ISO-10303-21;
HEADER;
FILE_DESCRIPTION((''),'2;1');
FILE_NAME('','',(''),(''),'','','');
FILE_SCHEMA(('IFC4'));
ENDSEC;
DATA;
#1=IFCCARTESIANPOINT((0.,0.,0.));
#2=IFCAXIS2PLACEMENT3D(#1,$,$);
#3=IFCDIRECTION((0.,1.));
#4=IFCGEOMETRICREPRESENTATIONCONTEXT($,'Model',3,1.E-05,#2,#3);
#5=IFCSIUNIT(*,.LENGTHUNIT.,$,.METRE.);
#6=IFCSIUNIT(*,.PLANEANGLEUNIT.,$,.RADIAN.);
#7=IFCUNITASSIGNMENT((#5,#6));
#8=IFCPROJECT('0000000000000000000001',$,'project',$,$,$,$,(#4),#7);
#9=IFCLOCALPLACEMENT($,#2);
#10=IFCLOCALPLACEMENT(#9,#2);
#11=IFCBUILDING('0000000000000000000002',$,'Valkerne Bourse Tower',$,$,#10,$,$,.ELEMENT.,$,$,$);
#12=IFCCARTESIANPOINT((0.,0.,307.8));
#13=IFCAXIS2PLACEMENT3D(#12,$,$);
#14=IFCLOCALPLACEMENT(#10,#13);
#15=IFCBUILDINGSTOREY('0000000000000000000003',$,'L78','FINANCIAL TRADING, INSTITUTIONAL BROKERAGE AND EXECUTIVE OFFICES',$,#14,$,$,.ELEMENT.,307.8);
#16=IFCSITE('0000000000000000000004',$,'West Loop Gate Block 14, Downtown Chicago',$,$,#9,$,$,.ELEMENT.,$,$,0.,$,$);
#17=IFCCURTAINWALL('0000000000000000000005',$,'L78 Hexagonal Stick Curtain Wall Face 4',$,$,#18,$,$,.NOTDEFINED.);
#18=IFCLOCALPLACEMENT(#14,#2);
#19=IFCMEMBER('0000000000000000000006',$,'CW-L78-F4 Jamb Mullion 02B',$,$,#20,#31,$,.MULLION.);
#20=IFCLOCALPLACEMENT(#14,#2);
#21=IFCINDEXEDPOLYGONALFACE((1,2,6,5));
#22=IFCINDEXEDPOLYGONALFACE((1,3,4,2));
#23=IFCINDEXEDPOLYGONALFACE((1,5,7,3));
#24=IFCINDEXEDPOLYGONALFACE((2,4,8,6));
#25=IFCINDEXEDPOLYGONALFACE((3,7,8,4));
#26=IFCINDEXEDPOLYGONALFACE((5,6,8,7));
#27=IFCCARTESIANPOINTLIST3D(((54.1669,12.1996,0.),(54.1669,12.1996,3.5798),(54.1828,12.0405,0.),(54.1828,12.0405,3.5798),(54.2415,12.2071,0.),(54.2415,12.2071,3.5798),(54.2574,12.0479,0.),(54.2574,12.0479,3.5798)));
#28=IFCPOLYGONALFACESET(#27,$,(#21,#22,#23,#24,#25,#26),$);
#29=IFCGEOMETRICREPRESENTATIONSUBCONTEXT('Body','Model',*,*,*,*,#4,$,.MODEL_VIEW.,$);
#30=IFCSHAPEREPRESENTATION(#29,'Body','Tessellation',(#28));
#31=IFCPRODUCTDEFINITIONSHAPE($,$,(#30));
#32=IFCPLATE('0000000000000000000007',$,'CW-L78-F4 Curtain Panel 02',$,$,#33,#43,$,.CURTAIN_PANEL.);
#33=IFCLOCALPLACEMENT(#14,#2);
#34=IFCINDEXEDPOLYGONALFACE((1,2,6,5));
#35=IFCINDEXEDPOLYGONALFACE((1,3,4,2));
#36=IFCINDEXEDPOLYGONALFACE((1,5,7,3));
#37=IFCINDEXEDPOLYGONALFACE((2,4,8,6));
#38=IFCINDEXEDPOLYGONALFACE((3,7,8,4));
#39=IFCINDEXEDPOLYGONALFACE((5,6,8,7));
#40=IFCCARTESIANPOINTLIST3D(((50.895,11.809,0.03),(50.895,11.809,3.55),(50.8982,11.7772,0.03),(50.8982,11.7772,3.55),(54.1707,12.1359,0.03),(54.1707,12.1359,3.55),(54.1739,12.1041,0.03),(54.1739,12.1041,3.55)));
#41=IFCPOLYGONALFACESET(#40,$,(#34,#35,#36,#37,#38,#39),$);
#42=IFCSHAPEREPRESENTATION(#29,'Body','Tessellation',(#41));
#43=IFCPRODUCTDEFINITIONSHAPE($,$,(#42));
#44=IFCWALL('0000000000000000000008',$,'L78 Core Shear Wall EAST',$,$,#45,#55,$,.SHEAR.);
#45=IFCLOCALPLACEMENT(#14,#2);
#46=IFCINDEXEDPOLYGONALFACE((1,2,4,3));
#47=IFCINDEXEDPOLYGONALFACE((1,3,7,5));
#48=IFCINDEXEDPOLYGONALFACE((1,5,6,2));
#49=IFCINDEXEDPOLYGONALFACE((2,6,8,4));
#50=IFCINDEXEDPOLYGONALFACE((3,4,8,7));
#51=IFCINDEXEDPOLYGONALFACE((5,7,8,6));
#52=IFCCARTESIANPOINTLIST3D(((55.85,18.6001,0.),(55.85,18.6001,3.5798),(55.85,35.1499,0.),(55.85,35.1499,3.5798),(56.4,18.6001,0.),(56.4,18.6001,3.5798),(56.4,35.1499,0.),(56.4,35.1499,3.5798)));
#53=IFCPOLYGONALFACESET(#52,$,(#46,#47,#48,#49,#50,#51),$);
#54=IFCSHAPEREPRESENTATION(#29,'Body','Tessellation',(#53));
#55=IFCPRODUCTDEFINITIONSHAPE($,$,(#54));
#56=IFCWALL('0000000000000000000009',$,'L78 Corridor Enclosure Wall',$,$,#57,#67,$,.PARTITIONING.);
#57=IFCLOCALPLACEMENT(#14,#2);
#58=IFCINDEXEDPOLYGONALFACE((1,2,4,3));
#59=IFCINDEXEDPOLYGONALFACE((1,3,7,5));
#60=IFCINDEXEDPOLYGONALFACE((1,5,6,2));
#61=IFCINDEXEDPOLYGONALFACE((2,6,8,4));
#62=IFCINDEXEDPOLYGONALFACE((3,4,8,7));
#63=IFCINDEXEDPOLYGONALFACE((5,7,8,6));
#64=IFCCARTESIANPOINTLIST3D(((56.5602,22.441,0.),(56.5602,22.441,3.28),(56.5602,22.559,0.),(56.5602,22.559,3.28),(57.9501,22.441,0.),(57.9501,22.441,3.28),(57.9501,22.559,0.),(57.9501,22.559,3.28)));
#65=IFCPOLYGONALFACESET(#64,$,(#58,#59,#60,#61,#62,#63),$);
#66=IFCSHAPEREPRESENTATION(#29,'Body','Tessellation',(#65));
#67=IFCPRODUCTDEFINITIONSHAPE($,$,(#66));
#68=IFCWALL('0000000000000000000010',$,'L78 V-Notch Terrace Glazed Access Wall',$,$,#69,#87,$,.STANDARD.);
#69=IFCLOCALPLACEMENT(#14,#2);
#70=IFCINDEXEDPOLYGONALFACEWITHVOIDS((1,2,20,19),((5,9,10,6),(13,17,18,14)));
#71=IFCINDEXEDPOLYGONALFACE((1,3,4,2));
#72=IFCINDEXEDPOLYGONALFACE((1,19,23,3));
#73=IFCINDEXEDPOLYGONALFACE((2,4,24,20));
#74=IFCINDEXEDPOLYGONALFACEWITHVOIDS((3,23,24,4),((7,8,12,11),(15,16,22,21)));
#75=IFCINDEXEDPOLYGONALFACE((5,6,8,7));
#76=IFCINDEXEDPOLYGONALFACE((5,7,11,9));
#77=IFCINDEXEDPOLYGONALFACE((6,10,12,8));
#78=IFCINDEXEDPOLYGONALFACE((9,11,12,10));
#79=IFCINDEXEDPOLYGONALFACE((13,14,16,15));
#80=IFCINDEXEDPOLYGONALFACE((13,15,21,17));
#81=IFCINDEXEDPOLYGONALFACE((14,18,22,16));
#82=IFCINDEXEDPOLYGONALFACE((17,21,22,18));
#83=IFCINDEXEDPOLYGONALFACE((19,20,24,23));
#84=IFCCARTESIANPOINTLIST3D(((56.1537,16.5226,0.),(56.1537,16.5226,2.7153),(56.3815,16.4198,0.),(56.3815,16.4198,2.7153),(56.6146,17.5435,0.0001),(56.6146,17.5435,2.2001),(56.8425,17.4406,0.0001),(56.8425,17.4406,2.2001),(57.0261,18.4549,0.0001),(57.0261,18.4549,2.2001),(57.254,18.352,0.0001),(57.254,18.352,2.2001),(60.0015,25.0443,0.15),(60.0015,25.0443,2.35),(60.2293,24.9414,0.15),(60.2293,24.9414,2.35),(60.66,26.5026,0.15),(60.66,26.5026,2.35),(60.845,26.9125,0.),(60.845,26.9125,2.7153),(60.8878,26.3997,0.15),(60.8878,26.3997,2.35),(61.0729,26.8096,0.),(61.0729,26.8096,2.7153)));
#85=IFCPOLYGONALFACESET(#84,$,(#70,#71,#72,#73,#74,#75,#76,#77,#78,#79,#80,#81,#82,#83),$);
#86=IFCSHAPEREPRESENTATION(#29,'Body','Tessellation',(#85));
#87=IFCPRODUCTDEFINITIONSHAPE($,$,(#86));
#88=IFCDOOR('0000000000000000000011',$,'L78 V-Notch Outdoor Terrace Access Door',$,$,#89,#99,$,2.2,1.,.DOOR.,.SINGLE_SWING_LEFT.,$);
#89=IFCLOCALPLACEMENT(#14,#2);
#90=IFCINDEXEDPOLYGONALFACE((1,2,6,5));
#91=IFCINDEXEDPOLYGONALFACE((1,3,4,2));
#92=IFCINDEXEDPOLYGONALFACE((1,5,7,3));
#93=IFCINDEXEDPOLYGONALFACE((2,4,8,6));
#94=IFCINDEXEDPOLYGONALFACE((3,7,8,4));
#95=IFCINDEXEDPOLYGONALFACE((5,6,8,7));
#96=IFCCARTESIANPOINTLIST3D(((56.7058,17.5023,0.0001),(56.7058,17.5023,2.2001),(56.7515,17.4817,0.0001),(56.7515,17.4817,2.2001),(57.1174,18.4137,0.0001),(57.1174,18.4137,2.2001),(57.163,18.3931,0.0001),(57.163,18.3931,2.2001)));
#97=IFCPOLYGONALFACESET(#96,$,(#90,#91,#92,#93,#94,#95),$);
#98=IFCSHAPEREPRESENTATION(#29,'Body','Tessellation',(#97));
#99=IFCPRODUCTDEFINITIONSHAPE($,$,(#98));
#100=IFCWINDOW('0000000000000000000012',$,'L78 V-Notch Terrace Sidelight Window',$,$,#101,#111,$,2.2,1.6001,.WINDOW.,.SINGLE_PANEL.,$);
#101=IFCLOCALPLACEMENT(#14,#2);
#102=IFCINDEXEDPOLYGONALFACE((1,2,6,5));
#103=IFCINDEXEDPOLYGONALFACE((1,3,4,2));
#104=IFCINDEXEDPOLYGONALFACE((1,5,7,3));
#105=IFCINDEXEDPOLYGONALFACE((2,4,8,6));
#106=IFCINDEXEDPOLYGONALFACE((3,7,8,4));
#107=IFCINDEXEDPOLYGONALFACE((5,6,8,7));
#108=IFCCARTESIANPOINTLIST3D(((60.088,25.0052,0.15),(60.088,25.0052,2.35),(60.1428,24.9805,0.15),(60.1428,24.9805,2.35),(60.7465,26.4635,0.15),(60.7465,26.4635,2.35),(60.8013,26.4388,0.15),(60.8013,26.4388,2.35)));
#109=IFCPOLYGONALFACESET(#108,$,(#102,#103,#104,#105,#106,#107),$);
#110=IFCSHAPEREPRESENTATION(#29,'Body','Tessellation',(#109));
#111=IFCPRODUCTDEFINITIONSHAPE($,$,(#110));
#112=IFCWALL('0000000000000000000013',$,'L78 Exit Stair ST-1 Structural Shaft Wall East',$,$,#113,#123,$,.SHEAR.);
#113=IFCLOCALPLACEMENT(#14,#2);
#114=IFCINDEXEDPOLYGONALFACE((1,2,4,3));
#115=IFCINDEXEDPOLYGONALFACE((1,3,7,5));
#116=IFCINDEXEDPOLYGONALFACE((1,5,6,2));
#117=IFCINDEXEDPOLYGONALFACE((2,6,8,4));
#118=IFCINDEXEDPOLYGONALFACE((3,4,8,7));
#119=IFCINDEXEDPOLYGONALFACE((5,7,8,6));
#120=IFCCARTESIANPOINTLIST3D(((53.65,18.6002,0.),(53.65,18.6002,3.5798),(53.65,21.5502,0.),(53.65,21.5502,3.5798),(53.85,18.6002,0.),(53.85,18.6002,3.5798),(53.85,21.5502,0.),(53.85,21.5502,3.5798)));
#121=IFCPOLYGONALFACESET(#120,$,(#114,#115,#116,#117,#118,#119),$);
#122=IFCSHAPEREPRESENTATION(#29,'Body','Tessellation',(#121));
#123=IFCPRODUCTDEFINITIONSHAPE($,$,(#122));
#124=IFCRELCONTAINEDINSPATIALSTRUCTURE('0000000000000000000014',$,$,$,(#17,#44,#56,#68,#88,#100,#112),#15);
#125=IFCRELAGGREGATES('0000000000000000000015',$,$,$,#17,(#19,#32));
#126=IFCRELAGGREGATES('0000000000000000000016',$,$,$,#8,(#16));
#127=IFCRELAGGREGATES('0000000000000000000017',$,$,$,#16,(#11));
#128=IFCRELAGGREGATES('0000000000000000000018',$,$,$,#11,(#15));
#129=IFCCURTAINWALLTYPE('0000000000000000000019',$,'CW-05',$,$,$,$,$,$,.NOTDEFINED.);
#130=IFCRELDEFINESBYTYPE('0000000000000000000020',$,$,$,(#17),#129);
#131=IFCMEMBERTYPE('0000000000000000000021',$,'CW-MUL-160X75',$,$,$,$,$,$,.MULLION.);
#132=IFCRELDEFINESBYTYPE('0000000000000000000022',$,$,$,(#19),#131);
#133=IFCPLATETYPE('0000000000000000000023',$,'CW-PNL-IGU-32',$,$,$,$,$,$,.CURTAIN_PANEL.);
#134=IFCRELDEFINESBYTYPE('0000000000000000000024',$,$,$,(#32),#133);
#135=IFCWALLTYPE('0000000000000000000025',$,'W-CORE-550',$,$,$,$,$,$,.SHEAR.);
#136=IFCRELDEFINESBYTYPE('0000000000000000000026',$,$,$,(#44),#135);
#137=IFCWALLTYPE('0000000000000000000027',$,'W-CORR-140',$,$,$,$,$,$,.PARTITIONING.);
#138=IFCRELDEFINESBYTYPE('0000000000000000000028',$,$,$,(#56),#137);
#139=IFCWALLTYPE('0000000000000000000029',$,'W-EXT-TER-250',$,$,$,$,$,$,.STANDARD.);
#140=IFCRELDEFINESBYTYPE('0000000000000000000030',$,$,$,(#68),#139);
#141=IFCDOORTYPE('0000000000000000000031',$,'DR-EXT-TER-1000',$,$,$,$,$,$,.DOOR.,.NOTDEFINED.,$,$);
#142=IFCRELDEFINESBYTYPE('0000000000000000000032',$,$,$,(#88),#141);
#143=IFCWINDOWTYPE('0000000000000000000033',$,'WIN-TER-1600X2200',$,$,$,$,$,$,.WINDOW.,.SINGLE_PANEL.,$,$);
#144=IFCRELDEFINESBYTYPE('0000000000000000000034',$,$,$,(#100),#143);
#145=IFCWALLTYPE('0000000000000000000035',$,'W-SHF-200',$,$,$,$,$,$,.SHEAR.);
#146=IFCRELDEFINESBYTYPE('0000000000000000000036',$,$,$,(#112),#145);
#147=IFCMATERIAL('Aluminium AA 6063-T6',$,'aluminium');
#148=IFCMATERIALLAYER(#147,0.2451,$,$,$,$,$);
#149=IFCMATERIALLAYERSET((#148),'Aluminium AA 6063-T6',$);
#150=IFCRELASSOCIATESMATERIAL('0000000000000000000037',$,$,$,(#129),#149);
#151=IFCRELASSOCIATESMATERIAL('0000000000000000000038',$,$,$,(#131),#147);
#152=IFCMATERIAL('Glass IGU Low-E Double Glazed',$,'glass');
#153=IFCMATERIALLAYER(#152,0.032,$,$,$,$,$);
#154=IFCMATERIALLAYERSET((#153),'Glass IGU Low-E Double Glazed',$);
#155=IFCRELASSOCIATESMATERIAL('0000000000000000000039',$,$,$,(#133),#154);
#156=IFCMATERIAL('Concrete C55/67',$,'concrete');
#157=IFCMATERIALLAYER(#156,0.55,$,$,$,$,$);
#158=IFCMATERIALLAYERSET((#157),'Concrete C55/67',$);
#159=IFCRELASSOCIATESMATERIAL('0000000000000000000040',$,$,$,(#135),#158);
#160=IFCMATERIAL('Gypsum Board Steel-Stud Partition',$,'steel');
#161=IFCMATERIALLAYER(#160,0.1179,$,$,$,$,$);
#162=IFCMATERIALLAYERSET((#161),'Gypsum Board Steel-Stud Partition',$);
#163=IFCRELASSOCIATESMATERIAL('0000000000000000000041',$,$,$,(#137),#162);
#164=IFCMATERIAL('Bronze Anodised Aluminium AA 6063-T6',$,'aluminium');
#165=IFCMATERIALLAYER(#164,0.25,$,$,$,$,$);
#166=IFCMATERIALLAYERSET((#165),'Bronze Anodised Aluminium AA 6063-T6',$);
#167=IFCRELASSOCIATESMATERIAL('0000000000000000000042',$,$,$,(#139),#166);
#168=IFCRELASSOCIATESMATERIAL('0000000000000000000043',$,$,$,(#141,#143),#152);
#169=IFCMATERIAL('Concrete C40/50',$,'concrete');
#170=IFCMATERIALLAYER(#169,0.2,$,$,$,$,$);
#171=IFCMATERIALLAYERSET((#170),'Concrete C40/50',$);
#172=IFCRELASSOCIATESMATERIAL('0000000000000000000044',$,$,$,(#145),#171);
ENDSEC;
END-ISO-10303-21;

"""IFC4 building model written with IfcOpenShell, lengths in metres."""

from ifc_helpers import new_model, si_unit, direction, frame, frame_2d, origin, origin_2d, place, context, subcontext, project, spatial, rectangle, extrude, material, layer, layer_set, material_profile, profile_set, type_object, element, fill, aggregate, save


model = new_model("IFC4")

# Units and contexts
model_context = context("Model", 3, precision=1e-05, world=origin(), true_north=direction((0.0, 1.0)))
body_context = subcontext(model_context, "Body", "Model", "MODEL_VIEW")
ifc_project = project(units=[si_unit("LENGTHUNIT", "METRE"), si_unit("PLANEANGLEUNIT", "RADIAN")], contexts=[model_context])

# Site, building, storey
site_placement = place(None, origin())
site = spatial("IfcSite", under=ifc_project, at=site_placement, Name="West Loop Gate Block 14, Downtown Chicago", CompositionType="ELEMENT", RefElevation=0.0)
building_placement = place(site_placement, origin())
building = spatial("IfcBuilding", under=site, at=building_placement, Name="Valkerne Bourse Tower", CompositionType="ELEMENT")
storey_placement = place(building_placement, frame((0.0, 0.0, 307.8)))
storey = spatial("IfcBuildingStorey", under=building, at=storey_placement, Name="L78", Description="FINANCIAL TRADING, INSTITUTIONAL BROKERAGE AND EXECUTIVE OFFICES", CompositionType="ELEMENT", Elevation=307.8)

# Curtain wall, member, plate
ifc_material_1 = material(Name="Aluminium AA 6063-T6", Category="aluminium")
ifc_layer_1 = layer(ifc_material_1, 0.2451)
ifc_layer_set_1 = layer_set([ifc_layer_1], Name="Aluminium AA 6063-T6")
curtain_wall_type = type_object("IfcCurtainWallType", Name="CW-05", PredefinedType="NOTDEFINED", material=ifc_layer_set_1)
curtain_wall_placement = place(storey_placement, origin())
curtain_wall = element("IfcCurtainWall", 1, at=curtain_wall_placement, inside=storey, type_object=curtain_wall_type, Name="L78 Hexagonal Stick Curtain Wall Face 4", PredefinedType="NOTDEFINED")
ifc_material_profile_1 = material_profile(ifc_material_1, rectangle(XDim=0.075, YDim=0.1599, at=origin_2d()), Name="CWM-75X160")
ifc_profile_set_1 = profile_set([ifc_material_profile_1], Name="Aluminium AA 6063-T6")
member_type = type_object("IfcMemberType", Name="CW-MUL-160X75", PredefinedType="MULLION", material=ifc_profile_set_1)
member_placement = place(storey_placement, frame((54.2122, 12.1238, 0.0), z_axis=(0.0, 0.0, 1.0), x_axis=(0.995056, 0.099311, 0.0)))
member = element("IfcMember", 2, at=member_placement, type_object=member_type, Name="CW-L78-F4 Jamb Mullion 02B", PredefinedType="MULLION", context=body_context, shape_type="SweptSolid", body=[
    extrude(rectangle(XDim=0.075, YDim=0.1599, at=origin_2d()), origin(), (0.0, 0.0, 1.0), 3.5798),
])
ifc_material_2 = material(Name="Glass IGU Low-E Double Glazed", Category="glass")
ifc_layer_2 = layer(ifc_material_2, 0.032)
ifc_layer_set_2 = layer_set([ifc_layer_2], Name="Glass IGU Low-E Double Glazed")
plate_type = type_object("IfcPlateType", Name="CW-PNL-IGU-32", PredefinedType="CURTAIN_PANEL", material=ifc_layer_set_2)
plate_placement = place(storey_placement, frame((52.5344, 11.9565, 0.03), z_axis=(0.0, 0.0, 1.0), x_axis=(0.995056, 0.099311, 0.0)))
plate = element("IfcPlate", 3, at=plate_placement, type_object=plate_type, Name="CW-L78-F4 Curtain Panel 02", PredefinedType="CURTAIN_PANEL", context=body_context, shape_type="SweptSolid", body=[
    extrude(rectangle(XDim=3.292, YDim=0.032, at=origin_2d()), origin(), (0.0, 0.0, 1.0), 3.52),
])
aggregate(curtain_wall, [member, plate])

# Walls
ifc_material_3 = material(Name="Concrete C55/67", Category="concrete")
ifc_layer_3 = layer(ifc_material_3, 0.55)
ifc_layer_set_3 = layer_set([ifc_layer_3], Name="Concrete C55/67")
wall_type_1 = type_object("IfcWallType", Name="W-CORE-550", PredefinedType="SHEAR", material=ifc_layer_set_3)
wall_1_placement = place(storey_placement, frame((56.125, 18.6001, 0.0), z_axis=(0.0, 0.0, 1.0), x_axis=(0.0, 1.0, 0.0)))
element("IfcWall", 4, at=wall_1_placement, inside=storey, type_object=wall_type_1, Name="L78 Core Shear Wall EAST", PredefinedType="SHEAR", context=body_context, shape_type="SweptSolid", body=[
    extrude(rectangle(XDim=16.5498, YDim=0.55, at=frame_2d((8.2749, 0.0))), origin(), (0.0, 0.0, 1.0), 3.5798),
])
ifc_material_4 = material(Name="Gypsum Board Steel-Stud Partition", Category="steel")
ifc_layer_4 = layer(ifc_material_4, 0.1179)
ifc_layer_set_4 = layer_set([ifc_layer_4], Name="Gypsum Board Steel-Stud Partition")
wall_type_2 = type_object("IfcWallType", Name="W-CORR-140", PredefinedType="PARTITIONING", material=ifc_layer_set_4)
wall_2_placement = place(storey_placement, frame((57.95, 22.5, 0.0), z_axis=(0.0, 0.0, 1.0), x_axis=(-1.0, 0.0, 0.0)))
element("IfcWall", 5, at=wall_2_placement, inside=storey, type_object=wall_type_2, Name="L78 Corridor Enclosure Wall", PredefinedType="PARTITIONING", context=body_context, shape_type="SweptSolid", body=[
    extrude(rectangle(XDim=1.3899, YDim=0.1179, at=frame_2d((0.6948, 0.0))), origin(), (0.0, 0.0, 1.0), 3.28),
])

# Wall, openings, door, window
ifc_material_5 = material(Name="Bronze Anodised Aluminium AA 6063-T6", Category="aluminium")
ifc_layer_5 = layer(ifc_material_5, 0.25)
ifc_layer_set_5 = layer_set([ifc_layer_5], Name="Bronze Anodised Aluminium AA 6063-T6")
wall_type_3 = type_object("IfcWallType", Name="W-EXT-TER-250", PredefinedType="STANDARD", material=ifc_layer_set_5)
wall_3_placement = place(storey_placement, frame((56.2676, 16.4712, 0.0), z_axis=(0.0, 0.0, 1.0), x_axis=(0.411528, 0.911397, 0.0)))
wall_3 = element("IfcWall", 6, at=wall_3_placement, inside=storey, type_object=wall_type_3, Name="L78 V-Notch Terrace Glazed Access Wall", PredefinedType="STANDARD", context=body_context, shape_type="SweptSolid", body=[
    extrude(rectangle(XDim=11.3999, YDim=0.25, at=frame_2d((5.7, 0.0))), origin(), (0.0, 0.0, 1.0), 2.7153),
])
opening_1_placement = place(wall_3_placement, frame((1.1201, 0.0, 0.0)))
opening_1 = element("IfcOpeningElement", 7, at=opening_1_placement, cuts=wall_3, PredefinedType="OPENING", context=body_context, shape_type="SweptSolid", body=[
    extrude(rectangle(XDim=1.0, YDim=2.2, at=frame_2d((0.5, 1.1001))), frame((0.0, 0.135, 0.0), z_axis=(0.0, -1.0, 0.0), x_axis=(1.0, 0.0, 0.0)), (0.0, 0.0, 1.0), 0.27),
])
opening_2_placement = place(wall_3_placement, frame((9.3501, 0.0, 0.1499)))
opening_2 = element("IfcOpeningElement", 8, at=opening_2_placement, cuts=wall_3, PredefinedType="OPENING", context=body_context, shape_type="SweptSolid", body=[
    extrude(rectangle(XDim=1.6001, YDim=2.2, at=frame_2d((0.8, 1.1001))), frame((0.0, 0.135, 0.0), z_axis=(0.0, -1.0, 0.0), x_axis=(1.0, 0.0, 0.0)), (0.0, 0.0, 1.0), 0.27),
])
door_type = type_object("IfcDoorType", Name="DR-EXT-TER-1000", OperationType="NOTDEFINED", PredefinedType="DOOR", material=ifc_material_2)
door_placement = place(opening_1_placement, origin())
door = element("IfcDoor", 9, at=door_placement, inside=storey, type_object=door_type, Name="L78 V-Notch Outdoor Terrace Access Door", OperationType="SINGLE_SWING_LEFT", OverallHeight=2.2, OverallWidth=1.0, PredefinedType="DOOR", context=body_context, shape_type="SweptSolid", body=[
    extrude(rectangle(XDim=1.0, YDim=2.2, at=frame_2d((0.5, 1.1001))), frame((0.0, 0.0249, 0.0), z_axis=(0.0, -1.0, 0.0), x_axis=(1.0, 0.0, 0.0)), (0.0, 0.0, 1.0), 0.05),
])
fill(opening_1, door)
window_type = type_object("IfcWindowType", Name="WIN-TER-1600X2200", PartitioningType="SINGLE_PANEL", PredefinedType="WINDOW", material=ifc_material_2)
window_placement = place(opening_2_placement, origin())
window = element("IfcWindow", 10, at=window_placement, inside=storey, type_object=window_type, Name="L78 V-Notch Terrace Sidelight Window", OverallHeight=2.2, OverallWidth=1.6001, PartitioningType="SINGLE_PANEL", PredefinedType="WINDOW", context=body_context, shape_type="SweptSolid", body=[
    extrude(rectangle(XDim=1.6001, YDim=2.2, at=frame_2d((0.8, 1.1001))), frame((0.0, 0.03, 0.0), z_axis=(0.0, -1.0, 0.0), x_axis=(1.0, 0.0, 0.0)), (0.0, 0.0, 1.0), 0.0601),
])
fill(opening_2, window)

# Wall
ifc_material_6 = material(Name="Concrete C40/50", Category="concrete")
ifc_layer_6 = layer(ifc_material_6, 0.2)
ifc_layer_set_6 = layer_set([ifc_layer_6], Name="Concrete C40/50")
wall_type_4 = type_object("IfcWallType", Name="W-SHF-200", PredefinedType="SHEAR", material=ifc_layer_set_6)
wall_4_placement = place(storey_placement, frame((53.75, 18.6001, 0.0), z_axis=(0.0, 0.0, 1.0), x_axis=(0.0, 1.0, 0.0)))
element("IfcWall", 11, at=wall_4_placement, inside=storey, type_object=wall_type_4, Name="L78 Exit Stair ST-1 Structural Shaft Wall East", PredefinedType="SHEAR", context=body_context, shape_type="SweptSolid", body=[
    extrude(rectangle(XDim=2.95, YDim=0.2, at=frame_2d((1.4751, 0.0))), origin(), (0.0, 0.0, 1.0), 3.5798),
])

save(model, "model.ifc")
